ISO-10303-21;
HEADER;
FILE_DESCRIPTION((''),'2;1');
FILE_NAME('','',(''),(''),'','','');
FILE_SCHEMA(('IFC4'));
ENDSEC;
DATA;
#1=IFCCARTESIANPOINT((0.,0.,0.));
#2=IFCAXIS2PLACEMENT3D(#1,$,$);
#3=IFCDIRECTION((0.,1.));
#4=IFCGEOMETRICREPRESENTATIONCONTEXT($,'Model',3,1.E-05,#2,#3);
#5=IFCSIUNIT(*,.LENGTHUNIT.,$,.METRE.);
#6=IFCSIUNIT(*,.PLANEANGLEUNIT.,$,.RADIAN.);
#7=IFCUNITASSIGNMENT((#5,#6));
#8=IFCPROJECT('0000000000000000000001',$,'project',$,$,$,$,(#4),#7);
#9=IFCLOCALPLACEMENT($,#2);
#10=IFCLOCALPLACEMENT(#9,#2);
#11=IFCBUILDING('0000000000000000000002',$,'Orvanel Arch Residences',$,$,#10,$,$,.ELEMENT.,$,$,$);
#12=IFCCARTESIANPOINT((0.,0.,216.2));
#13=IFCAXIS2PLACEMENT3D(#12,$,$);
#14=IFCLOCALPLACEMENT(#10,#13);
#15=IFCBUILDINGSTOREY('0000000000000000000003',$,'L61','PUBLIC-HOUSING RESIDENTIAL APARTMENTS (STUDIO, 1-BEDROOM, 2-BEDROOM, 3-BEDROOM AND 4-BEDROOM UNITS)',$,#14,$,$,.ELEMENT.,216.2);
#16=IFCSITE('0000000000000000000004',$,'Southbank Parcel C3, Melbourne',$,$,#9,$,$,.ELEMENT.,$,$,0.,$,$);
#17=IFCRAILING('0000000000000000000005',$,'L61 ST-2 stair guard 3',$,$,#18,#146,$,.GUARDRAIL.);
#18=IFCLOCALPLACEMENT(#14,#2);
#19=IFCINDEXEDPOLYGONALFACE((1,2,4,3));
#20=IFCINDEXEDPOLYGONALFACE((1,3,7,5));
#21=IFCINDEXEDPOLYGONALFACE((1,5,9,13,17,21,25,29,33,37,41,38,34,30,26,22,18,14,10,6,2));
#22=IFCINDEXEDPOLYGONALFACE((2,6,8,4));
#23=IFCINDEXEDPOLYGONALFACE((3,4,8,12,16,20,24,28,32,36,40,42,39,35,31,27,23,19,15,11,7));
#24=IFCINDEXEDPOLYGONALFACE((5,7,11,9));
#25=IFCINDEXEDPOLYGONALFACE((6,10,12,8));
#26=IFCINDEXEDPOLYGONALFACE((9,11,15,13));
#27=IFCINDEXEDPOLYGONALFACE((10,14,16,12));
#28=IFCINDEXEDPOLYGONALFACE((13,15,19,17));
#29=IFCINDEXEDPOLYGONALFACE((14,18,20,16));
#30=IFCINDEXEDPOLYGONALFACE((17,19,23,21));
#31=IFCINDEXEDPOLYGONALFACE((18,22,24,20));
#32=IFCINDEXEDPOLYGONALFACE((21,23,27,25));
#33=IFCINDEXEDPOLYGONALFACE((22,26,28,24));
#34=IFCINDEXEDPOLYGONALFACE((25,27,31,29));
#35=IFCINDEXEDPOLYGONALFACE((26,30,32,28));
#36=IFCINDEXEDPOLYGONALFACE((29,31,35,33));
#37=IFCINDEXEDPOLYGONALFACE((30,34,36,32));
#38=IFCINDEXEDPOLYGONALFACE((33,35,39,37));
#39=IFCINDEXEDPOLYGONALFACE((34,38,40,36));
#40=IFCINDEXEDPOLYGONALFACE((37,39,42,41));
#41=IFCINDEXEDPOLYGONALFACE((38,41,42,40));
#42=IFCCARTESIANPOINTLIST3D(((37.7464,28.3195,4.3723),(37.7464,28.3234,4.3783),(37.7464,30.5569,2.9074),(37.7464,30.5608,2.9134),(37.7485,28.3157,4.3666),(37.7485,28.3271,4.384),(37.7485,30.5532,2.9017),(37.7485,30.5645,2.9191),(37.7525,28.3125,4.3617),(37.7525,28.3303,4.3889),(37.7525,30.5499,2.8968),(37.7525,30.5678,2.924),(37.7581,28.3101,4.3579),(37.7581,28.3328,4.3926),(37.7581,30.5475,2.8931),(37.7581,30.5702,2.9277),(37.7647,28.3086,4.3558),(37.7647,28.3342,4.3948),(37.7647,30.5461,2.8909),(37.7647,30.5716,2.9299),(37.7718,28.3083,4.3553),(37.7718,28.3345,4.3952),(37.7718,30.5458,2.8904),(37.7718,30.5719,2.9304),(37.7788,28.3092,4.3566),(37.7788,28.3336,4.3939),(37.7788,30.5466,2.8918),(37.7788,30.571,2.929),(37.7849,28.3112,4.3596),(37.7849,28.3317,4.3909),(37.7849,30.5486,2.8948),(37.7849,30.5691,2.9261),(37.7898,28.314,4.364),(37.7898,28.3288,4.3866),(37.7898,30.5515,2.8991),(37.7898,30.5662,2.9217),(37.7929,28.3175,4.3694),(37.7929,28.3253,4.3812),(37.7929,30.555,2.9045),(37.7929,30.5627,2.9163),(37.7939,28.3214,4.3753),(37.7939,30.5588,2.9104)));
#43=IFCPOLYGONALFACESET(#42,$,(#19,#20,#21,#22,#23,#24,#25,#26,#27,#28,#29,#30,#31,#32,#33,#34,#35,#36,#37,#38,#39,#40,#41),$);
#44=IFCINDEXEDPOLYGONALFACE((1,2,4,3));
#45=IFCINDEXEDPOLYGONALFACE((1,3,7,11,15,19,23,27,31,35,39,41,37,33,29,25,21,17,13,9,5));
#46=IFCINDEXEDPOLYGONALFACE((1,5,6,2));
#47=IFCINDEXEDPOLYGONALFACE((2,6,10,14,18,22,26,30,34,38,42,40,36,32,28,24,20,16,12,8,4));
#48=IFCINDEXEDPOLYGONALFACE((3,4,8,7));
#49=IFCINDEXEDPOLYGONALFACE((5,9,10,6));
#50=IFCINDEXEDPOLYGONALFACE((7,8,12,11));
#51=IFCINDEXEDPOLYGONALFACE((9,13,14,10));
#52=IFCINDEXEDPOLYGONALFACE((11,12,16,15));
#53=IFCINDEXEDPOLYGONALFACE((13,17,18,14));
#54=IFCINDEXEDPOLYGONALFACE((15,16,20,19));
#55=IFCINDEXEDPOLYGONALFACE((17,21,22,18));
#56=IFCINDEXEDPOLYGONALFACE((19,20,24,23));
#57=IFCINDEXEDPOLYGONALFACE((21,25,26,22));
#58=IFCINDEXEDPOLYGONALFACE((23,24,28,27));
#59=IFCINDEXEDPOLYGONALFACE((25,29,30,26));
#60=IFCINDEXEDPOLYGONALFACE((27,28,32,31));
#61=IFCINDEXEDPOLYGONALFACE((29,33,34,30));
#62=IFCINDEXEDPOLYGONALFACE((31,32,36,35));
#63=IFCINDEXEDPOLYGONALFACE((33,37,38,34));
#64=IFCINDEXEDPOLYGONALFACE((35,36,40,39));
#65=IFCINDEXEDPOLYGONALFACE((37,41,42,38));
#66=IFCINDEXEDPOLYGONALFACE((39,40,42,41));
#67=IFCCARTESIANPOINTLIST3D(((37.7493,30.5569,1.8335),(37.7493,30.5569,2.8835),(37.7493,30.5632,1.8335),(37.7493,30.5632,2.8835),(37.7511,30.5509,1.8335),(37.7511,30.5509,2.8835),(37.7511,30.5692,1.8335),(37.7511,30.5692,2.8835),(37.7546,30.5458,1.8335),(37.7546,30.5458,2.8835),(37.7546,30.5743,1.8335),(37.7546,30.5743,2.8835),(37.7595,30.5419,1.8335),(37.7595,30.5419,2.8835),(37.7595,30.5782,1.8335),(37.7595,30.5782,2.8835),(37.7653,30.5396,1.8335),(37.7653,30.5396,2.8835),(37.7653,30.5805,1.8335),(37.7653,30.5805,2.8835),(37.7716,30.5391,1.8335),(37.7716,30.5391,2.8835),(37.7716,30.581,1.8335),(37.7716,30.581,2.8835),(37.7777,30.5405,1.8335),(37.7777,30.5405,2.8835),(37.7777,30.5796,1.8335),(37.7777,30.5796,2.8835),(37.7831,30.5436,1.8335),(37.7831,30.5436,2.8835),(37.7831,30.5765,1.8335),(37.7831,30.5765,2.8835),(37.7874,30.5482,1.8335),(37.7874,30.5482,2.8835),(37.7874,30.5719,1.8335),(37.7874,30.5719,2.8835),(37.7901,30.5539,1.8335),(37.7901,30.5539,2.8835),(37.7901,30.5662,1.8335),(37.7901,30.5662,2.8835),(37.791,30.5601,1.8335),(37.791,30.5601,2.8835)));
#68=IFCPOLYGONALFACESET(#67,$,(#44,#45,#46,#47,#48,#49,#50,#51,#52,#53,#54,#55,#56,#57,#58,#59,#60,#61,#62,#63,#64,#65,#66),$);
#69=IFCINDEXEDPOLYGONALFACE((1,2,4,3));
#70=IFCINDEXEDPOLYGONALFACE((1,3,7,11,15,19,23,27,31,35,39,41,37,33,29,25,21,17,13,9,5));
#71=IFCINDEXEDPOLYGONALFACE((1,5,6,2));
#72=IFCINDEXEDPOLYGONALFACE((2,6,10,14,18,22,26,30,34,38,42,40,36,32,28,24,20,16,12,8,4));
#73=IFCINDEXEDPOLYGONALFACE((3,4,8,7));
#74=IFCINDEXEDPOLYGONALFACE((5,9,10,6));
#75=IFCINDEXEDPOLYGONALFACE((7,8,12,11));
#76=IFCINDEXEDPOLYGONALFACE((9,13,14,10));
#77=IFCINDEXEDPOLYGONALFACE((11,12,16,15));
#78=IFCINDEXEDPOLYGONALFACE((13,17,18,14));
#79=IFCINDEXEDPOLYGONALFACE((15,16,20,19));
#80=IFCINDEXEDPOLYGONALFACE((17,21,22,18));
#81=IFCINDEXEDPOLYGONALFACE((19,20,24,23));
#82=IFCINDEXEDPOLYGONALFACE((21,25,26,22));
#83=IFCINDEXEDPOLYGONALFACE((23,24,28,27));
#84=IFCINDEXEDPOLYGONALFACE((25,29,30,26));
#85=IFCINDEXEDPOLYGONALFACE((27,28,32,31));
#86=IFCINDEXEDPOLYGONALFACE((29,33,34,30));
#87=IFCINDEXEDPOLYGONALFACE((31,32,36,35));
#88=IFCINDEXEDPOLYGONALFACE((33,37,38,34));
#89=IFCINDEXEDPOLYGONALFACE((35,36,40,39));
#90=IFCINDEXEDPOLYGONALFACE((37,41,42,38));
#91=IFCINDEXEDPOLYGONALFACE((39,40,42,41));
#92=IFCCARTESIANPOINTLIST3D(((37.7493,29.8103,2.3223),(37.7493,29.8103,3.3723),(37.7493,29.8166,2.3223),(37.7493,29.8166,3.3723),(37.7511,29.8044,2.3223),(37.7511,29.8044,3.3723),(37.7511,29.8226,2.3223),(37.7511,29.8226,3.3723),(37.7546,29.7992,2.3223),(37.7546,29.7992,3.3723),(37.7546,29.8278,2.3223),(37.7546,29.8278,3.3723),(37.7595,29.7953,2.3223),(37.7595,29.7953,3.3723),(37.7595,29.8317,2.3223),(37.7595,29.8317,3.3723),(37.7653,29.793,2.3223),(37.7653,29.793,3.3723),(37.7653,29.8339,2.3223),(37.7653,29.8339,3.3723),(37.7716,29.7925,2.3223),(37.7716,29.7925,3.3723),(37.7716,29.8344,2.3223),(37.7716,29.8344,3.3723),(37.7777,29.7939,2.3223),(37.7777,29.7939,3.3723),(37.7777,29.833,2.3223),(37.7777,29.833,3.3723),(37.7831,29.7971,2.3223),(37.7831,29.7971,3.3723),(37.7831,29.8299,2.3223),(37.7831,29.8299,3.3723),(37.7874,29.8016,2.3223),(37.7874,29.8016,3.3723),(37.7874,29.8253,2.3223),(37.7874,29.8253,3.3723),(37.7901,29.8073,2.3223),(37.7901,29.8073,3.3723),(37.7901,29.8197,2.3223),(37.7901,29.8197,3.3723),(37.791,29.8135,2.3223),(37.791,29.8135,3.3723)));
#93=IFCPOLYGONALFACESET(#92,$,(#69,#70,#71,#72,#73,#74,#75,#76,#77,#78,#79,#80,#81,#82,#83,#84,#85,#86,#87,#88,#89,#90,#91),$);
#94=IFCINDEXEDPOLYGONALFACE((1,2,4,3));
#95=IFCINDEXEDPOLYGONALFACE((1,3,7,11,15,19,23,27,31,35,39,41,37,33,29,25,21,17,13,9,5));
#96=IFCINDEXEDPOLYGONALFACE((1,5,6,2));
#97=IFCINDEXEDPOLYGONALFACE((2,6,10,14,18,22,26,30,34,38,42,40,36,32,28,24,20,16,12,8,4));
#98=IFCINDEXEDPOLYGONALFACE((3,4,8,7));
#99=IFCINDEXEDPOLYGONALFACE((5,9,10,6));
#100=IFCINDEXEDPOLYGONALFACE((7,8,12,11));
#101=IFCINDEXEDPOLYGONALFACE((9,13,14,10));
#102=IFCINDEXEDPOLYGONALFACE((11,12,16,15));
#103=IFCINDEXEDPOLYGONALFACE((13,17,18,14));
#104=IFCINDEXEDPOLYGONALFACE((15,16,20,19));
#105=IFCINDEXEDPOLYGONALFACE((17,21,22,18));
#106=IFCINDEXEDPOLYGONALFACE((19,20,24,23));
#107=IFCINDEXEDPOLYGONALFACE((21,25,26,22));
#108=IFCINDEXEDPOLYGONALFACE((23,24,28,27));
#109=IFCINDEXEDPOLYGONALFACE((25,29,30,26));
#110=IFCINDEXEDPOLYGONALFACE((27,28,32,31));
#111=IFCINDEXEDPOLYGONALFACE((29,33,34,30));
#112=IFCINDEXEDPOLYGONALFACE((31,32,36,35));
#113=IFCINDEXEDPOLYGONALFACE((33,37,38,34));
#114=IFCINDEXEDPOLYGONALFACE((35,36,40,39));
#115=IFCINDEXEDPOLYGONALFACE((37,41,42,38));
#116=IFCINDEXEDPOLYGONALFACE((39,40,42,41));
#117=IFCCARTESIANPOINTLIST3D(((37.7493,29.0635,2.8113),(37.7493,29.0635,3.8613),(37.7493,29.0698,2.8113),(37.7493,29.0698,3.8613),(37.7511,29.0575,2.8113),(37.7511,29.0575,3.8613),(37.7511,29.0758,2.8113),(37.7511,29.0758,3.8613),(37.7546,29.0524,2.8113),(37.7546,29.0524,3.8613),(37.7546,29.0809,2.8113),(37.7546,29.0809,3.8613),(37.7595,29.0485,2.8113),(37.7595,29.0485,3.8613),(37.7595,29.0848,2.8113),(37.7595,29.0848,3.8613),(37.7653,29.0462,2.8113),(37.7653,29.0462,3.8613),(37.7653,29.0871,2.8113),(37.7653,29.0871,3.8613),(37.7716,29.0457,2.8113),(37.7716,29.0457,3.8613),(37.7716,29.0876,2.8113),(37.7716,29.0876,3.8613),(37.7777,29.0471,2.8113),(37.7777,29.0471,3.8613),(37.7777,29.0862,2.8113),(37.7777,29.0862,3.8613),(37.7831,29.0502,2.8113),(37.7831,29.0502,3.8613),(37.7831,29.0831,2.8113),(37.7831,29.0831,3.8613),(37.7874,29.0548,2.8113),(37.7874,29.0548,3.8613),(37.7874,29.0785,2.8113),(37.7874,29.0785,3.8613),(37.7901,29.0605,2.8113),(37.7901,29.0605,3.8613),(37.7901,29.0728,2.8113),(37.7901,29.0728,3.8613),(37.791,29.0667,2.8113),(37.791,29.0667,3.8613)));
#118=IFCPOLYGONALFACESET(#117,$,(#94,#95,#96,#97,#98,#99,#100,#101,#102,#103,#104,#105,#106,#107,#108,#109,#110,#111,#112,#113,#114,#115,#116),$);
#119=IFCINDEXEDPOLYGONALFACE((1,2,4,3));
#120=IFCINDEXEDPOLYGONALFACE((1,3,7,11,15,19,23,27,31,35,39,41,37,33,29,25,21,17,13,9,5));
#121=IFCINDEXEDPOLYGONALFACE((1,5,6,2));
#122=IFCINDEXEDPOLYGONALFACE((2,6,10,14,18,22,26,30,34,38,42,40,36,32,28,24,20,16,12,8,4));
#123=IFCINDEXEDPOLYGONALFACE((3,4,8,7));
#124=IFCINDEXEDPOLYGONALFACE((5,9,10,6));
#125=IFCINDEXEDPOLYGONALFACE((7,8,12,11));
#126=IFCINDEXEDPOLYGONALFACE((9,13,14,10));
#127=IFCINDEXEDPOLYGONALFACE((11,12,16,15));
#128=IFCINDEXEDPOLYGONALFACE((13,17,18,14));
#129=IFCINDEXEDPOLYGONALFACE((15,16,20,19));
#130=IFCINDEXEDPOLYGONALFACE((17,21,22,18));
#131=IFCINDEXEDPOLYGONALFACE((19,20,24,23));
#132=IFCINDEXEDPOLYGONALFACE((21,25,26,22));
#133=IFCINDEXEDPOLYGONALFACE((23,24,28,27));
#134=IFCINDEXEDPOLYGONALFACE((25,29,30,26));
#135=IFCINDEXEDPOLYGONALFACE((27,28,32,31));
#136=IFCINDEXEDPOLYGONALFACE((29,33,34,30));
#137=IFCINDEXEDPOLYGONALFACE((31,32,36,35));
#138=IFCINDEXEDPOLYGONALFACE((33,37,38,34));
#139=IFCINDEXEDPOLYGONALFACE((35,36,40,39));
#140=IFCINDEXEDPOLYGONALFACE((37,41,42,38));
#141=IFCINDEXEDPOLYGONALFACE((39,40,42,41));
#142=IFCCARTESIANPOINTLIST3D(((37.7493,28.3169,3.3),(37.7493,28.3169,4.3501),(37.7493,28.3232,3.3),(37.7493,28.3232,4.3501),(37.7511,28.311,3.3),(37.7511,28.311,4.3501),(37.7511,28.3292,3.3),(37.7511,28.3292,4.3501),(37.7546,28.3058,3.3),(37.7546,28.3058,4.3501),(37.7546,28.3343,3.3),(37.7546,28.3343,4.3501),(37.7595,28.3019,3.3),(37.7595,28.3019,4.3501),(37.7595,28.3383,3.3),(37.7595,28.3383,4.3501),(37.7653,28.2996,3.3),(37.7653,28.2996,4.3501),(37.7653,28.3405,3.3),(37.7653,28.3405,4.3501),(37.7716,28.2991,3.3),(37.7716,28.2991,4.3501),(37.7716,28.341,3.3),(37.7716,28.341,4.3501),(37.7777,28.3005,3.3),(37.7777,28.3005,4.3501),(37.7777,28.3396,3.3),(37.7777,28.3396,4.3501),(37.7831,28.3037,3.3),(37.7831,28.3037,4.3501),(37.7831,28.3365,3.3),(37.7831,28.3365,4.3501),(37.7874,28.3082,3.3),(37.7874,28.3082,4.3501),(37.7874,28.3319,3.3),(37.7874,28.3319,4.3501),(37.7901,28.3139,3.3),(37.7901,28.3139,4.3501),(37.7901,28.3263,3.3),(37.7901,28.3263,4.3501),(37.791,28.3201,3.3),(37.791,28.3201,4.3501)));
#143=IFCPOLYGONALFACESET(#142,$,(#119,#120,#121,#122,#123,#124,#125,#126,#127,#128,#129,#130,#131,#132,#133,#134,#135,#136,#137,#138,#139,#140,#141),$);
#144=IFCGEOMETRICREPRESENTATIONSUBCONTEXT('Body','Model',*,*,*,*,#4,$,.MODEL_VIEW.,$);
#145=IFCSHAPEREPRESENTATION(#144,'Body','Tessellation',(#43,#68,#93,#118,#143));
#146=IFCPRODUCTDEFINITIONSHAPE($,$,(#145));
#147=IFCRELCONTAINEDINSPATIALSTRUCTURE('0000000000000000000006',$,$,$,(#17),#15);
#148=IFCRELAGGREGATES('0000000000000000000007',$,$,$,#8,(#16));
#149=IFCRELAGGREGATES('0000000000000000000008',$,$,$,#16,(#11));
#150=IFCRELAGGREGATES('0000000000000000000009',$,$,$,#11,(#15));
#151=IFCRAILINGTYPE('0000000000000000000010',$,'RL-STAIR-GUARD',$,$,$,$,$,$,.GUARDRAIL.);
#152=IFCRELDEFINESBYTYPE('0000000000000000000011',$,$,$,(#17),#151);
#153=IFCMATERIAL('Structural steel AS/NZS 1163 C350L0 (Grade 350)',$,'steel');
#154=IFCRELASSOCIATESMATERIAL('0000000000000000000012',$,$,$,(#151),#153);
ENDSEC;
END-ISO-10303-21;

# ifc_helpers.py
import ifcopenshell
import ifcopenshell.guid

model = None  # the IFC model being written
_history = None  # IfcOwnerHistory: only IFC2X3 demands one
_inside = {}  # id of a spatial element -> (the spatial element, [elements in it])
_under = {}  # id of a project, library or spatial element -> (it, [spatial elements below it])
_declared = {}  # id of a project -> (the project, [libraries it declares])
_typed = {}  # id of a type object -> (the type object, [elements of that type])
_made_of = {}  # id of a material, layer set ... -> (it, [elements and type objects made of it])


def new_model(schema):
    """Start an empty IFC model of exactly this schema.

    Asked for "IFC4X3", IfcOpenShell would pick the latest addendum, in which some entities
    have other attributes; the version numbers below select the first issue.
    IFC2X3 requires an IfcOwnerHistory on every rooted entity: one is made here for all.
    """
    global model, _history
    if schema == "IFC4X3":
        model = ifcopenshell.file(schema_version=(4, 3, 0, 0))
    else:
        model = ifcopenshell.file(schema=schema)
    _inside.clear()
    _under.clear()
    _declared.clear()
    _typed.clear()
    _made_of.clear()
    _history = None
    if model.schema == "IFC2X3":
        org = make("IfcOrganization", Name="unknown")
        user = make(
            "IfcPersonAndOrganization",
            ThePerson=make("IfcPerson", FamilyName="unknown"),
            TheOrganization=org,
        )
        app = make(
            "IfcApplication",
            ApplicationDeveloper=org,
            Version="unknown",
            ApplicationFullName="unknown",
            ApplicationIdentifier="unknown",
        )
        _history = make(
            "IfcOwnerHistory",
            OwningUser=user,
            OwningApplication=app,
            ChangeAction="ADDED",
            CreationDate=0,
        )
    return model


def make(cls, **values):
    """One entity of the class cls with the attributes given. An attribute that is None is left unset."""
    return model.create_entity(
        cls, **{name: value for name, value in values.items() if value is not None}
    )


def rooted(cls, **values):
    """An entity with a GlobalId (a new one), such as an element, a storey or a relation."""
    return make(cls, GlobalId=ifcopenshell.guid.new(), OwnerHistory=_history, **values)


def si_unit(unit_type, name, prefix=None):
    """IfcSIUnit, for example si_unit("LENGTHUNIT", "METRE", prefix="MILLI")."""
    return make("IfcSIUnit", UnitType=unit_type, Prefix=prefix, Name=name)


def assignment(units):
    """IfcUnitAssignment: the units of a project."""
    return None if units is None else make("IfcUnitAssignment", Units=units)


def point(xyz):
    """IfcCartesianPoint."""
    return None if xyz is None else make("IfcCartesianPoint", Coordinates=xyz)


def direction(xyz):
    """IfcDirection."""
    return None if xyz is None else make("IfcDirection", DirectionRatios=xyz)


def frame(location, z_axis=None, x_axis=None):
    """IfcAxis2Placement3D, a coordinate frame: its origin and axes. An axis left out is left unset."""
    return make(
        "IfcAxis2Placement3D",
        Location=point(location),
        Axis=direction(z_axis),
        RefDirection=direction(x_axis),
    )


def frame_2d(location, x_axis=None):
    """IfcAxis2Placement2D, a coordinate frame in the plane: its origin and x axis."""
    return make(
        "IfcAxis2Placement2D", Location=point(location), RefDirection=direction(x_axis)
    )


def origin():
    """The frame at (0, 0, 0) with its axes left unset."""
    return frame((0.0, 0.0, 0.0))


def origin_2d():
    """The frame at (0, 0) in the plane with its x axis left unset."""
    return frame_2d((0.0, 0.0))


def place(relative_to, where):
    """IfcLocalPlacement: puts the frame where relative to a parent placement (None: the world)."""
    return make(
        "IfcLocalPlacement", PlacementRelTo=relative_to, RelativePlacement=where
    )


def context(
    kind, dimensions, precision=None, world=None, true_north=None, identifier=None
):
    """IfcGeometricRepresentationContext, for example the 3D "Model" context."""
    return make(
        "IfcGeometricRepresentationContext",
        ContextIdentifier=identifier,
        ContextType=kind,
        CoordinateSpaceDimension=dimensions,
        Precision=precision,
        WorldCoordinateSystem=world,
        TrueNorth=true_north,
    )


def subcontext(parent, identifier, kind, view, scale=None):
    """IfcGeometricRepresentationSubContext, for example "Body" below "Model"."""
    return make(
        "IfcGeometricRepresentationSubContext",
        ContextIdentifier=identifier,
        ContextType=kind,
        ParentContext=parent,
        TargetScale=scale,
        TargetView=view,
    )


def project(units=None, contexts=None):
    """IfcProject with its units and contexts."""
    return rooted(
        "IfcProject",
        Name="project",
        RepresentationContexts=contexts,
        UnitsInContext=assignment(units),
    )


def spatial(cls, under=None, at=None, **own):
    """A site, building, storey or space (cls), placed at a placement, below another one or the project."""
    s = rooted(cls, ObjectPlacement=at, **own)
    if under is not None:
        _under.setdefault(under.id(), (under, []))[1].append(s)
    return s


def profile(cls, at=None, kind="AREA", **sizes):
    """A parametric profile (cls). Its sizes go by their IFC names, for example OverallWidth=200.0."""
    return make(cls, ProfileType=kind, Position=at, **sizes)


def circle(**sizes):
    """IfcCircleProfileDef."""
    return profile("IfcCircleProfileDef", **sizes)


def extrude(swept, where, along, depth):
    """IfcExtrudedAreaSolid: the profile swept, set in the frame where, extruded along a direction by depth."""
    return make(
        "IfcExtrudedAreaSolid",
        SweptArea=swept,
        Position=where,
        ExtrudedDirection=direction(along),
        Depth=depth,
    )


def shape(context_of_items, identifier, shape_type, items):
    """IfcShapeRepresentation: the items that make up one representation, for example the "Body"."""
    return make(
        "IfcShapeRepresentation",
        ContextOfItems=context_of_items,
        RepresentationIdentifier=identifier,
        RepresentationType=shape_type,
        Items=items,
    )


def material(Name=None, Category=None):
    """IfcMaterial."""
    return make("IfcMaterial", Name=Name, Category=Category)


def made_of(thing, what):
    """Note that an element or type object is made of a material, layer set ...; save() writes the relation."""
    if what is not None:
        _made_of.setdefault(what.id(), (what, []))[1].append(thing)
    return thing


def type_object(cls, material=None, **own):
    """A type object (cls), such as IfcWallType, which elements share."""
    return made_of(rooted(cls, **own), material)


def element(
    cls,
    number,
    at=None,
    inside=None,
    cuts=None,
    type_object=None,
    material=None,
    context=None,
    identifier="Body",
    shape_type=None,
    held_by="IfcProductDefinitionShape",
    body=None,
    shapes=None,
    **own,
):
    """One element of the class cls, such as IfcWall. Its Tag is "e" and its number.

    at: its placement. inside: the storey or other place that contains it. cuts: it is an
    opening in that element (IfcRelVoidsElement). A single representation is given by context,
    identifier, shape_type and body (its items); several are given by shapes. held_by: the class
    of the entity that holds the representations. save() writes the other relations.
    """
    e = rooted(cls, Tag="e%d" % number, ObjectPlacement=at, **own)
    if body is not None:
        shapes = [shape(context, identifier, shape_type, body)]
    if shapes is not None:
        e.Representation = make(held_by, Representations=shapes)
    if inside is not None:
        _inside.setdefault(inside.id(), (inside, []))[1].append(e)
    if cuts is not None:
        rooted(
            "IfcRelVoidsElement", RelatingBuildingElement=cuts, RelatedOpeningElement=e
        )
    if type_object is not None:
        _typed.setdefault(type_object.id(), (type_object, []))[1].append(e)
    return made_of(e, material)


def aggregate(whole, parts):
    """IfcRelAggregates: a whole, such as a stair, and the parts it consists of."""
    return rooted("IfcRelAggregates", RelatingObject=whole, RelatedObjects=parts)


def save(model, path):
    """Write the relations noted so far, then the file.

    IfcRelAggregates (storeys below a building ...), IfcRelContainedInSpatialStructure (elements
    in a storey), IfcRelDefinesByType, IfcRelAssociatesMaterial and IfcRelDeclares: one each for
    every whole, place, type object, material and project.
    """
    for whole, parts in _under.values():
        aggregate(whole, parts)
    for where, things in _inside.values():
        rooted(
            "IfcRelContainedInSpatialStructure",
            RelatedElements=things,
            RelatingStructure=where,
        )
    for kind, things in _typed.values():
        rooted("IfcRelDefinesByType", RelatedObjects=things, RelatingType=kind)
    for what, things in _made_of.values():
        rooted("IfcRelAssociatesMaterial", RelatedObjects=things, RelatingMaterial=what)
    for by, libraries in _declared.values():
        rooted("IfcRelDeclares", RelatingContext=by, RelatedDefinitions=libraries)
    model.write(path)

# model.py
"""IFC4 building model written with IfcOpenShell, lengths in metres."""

from ifc_helpers import new_model, si_unit, direction, frame, origin, origin_2d, place, context, subcontext, project, spatial, circle, extrude, material, type_object, element, save


model = new_model("IFC4")

# Units and contexts
model_context = context("Model", 3, precision=1e-05, world=origin(), true_north=direction((0.0, 1.0)))
body_context = subcontext(model_context, "Body", "Model", "MODEL_VIEW")
ifc_project = project(units=[si_unit("LENGTHUNIT", "METRE"), si_unit("PLANEANGLEUNIT", "RADIAN")], contexts=[model_context])

# Site, building, storey
site_placement = place(None, origin())
site = spatial("IfcSite", under=ifc_project, at=site_placement, Name="Southbank Parcel C3, Melbourne", CompositionType="ELEMENT", RefElevation=0.0)
building_placement = place(site_placement, origin())
building = spatial("IfcBuilding", under=site, at=building_placement, Name="Orvanel Arch Residences", CompositionType="ELEMENT")
storey_placement = place(building_placement, frame((0.0, 0.0, 216.2)))
storey = spatial("IfcBuildingStorey", under=building, at=storey_placement, Name="L61", Description="PUBLIC-HOUSING RESIDENTIAL APARTMENTS (STUDIO, 1-BEDROOM, 2-BEDROOM, 3-BEDROOM AND 4-BEDROOM UNITS)", CompositionType="ELEMENT", Elevation=216.2)

# Railing
ifc_material_1 = material(Name="Structural steel AS/NZS 1163 C350L0 (Grade 350)", Category="steel")
railing_type_1 = type_object("IfcRailingType", Name="RL-STAIR-GUARD", PredefinedType="GUARDRAIL", material=ifc_material_1)
railing_1_placement = place(storey_placement, frame((37.77, 30.5601, 1.8335)))
element("IfcRailing", 1, at=railing_1_placement, inside=storey, type_object=railing_type_1, Name="L61 ST-2 stair guard 3", PredefinedType="GUARDRAIL", context=body_context, shape_type="SweptSolid", body=[
    extrude(circle(Radius=0.0239, at=origin_2d()), frame((0.0, -0.0012, 1.0769), z_axis=(0.0, -0.836637, 0.547758), x_axis=(1.0, 0.0, 0.0)), (0.0, 0.0, 1.0), 2.6743),
    extrude(circle(Radius=0.021, at=origin_2d()), origin(), (0.0, 0.0, 1.0), 1.05),
    extrude(circle(Radius=0.021, at=origin_2d()), frame((0.0, -0.7466, 0.4888)), (0.0, 0.0, 1.0), 1.05),
    extrude(circle(Radius=0.021, at=origin_2d()), frame((0.0, -1.4934, 0.9778)), (0.0, 0.0, 1.0), 1.05),
    extrude(circle(Radius=0.021, at=origin_2d()), frame((0.0, -2.24, 1.4666)), (0.0, 0.0, 1.0), 1.05),
])

save(model, "model.ifc")
